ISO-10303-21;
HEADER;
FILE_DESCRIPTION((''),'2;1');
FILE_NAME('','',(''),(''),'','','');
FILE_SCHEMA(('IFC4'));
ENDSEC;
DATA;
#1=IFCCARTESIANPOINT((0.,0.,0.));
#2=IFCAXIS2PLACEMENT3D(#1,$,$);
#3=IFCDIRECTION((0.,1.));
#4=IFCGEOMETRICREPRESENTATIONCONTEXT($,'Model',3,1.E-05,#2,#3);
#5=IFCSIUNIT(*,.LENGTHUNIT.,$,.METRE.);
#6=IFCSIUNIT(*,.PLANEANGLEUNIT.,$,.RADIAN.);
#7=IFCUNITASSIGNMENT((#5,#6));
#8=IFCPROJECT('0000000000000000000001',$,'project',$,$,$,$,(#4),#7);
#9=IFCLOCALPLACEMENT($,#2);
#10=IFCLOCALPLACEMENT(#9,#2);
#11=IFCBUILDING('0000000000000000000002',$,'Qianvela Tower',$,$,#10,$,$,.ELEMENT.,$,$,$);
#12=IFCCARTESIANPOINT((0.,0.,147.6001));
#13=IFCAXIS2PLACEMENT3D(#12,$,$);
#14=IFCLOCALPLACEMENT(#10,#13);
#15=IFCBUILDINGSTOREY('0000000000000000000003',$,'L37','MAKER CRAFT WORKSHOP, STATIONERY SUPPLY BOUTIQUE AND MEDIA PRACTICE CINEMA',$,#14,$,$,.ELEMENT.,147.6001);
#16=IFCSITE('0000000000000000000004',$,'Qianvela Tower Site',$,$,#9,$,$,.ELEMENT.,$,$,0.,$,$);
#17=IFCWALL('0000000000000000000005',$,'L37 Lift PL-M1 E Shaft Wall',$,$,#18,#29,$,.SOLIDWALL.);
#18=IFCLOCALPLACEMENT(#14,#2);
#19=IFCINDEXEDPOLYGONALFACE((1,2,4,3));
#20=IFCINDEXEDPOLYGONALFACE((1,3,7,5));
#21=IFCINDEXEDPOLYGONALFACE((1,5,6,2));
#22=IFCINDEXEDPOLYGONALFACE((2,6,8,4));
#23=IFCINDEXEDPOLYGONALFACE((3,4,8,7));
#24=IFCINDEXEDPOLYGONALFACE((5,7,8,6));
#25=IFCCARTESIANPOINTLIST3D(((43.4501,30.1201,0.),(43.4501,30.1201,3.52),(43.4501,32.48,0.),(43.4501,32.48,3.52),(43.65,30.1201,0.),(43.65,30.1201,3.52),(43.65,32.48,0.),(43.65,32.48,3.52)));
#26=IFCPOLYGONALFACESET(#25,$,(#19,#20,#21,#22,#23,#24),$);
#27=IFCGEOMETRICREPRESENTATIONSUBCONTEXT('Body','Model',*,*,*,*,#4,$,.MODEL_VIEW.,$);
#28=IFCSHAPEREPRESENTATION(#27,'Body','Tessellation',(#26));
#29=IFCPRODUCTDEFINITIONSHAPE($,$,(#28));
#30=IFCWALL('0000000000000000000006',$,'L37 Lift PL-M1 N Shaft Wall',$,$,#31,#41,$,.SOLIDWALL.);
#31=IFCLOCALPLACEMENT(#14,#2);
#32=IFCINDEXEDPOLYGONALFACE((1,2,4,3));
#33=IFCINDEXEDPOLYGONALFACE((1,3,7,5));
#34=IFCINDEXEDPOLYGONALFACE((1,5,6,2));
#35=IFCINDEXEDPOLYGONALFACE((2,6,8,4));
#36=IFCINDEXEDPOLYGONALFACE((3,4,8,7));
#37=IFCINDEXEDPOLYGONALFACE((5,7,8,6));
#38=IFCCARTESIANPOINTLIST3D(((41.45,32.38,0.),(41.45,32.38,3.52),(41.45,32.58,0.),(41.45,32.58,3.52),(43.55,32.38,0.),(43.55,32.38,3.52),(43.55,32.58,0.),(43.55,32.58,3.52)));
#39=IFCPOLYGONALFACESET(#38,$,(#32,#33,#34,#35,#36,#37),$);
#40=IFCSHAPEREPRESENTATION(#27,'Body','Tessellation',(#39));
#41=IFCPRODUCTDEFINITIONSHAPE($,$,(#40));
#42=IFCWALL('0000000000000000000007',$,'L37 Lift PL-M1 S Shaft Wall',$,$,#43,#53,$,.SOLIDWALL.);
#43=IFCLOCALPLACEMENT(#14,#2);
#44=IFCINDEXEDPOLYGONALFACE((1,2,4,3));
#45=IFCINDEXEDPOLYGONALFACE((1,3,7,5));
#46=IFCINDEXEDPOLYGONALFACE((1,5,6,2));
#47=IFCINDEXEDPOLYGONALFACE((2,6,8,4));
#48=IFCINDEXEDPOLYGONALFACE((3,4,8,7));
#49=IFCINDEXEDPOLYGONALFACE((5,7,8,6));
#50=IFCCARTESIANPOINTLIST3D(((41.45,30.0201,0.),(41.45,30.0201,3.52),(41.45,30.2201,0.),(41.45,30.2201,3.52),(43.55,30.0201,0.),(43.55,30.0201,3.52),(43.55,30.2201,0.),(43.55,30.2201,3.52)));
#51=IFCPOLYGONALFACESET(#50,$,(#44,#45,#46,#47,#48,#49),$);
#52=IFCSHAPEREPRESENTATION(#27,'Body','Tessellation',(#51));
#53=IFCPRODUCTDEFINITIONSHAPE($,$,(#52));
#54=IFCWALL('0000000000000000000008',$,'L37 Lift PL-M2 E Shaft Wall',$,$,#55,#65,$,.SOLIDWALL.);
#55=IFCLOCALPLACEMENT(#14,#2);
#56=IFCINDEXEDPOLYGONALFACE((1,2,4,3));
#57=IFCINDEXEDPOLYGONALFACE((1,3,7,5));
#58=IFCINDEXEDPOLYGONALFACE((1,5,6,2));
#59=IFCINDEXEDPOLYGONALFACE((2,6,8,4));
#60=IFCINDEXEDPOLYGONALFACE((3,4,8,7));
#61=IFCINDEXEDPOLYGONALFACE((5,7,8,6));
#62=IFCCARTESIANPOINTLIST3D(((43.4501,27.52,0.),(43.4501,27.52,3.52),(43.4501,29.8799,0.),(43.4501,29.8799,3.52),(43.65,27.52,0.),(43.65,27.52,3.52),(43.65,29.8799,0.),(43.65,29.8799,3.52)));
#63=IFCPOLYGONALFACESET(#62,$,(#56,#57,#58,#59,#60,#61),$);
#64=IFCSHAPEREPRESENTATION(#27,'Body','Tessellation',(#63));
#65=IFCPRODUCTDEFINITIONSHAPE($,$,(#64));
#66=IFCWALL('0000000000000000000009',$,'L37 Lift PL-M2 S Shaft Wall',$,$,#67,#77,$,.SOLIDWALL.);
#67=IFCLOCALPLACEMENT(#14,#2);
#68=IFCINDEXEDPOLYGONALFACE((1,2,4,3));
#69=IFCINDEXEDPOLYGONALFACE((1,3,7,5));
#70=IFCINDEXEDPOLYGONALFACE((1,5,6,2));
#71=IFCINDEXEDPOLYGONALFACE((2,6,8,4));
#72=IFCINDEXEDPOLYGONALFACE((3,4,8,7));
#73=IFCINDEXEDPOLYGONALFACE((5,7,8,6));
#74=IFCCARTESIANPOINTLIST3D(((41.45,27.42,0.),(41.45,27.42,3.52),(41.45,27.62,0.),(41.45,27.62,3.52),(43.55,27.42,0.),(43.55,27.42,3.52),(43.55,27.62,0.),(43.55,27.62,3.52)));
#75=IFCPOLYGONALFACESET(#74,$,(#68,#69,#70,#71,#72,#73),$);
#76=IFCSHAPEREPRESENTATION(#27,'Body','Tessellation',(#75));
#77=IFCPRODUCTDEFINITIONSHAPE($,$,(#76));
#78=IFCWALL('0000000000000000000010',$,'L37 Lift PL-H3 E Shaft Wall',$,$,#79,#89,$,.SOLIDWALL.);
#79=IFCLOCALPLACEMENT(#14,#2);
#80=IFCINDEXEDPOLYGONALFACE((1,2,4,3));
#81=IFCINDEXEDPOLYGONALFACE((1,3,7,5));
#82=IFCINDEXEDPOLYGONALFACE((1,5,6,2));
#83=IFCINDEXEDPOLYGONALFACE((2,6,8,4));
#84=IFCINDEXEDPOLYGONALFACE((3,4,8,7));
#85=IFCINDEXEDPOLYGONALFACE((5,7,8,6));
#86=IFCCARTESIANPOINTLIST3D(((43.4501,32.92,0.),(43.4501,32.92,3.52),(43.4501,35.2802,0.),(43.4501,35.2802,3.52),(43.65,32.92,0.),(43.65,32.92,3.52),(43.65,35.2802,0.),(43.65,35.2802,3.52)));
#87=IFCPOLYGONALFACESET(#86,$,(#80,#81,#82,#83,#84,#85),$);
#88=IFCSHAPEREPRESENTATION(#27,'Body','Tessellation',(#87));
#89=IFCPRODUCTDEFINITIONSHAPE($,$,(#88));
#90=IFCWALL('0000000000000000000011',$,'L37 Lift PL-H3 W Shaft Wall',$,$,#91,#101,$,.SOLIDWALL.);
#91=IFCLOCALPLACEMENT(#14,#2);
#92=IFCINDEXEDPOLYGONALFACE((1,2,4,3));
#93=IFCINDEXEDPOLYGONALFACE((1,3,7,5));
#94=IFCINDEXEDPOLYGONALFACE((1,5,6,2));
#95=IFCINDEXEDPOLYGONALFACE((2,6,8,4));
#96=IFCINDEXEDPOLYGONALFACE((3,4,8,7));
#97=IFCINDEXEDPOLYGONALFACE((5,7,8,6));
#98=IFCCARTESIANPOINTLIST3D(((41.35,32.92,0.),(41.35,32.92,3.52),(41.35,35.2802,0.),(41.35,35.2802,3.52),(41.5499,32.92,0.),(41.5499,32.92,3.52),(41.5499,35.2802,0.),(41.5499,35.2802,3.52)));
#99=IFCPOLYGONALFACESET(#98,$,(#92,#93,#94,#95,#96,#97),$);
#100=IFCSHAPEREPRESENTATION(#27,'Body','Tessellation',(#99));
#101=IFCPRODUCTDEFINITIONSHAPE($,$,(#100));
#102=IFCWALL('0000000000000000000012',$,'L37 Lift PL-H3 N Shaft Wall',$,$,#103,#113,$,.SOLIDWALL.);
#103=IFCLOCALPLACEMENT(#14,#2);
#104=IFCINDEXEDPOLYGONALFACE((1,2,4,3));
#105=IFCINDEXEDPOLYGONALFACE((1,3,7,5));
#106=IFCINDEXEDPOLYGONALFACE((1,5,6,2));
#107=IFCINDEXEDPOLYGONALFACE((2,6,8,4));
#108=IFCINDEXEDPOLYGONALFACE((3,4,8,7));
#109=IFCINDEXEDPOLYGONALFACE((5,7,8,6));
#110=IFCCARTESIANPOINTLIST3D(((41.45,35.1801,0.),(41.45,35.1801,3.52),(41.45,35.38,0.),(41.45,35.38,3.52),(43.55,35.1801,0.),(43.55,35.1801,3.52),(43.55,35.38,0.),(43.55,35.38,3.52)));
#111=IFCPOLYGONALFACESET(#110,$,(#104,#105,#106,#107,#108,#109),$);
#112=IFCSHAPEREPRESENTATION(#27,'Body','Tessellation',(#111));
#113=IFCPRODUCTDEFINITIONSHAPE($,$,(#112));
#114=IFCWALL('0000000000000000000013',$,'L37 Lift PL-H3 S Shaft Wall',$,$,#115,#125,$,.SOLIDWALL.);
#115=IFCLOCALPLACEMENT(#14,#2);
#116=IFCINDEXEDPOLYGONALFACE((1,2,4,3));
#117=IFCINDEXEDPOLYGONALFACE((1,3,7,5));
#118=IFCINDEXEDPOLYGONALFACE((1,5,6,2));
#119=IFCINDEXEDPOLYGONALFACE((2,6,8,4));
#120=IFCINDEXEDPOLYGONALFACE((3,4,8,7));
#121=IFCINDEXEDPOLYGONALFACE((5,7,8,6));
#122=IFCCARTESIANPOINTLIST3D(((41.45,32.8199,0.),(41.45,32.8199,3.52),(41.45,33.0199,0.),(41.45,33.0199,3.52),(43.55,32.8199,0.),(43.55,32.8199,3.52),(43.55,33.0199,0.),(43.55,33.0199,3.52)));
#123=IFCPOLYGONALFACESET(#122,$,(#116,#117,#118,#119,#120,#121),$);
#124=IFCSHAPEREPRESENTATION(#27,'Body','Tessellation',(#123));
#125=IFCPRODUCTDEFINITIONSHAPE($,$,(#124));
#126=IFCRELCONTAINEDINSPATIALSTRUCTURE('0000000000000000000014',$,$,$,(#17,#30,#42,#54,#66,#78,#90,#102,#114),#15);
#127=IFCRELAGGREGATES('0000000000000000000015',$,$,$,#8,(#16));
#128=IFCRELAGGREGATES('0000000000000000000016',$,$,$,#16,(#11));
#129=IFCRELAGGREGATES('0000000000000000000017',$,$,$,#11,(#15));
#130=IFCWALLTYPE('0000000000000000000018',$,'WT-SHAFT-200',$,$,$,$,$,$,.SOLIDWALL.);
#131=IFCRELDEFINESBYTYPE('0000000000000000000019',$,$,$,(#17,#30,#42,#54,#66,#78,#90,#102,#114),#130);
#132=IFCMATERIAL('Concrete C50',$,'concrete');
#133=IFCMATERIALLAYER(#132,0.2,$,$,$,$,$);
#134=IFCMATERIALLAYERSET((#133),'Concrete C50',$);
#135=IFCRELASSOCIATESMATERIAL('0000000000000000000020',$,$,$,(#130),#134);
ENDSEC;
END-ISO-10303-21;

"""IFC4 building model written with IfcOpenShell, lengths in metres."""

from ifc_helpers import new_model, si_unit, direction, frame, frame_2d, origin, place, context, subcontext, project, spatial, rectangle, extrude, material, layer, layer_set, type_object, element, save


model = new_model("IFC4")

# Units and contexts
model_context = context("Model", 3, precision=1e-05, world=origin(), true_north=direction((0.0, 1.0)))
body_context = subcontext(model_context, "Body", "Model", "MODEL_VIEW")
ifc_project = project(units=[si_unit("LENGTHUNIT", "METRE"), si_unit("PLANEANGLEUNIT", "RADIAN")], contexts=[model_context])

# Site, building, storey
site_placement = place(None, origin())
site = spatial("IfcSite", under=ifc_project, at=site_placement, Name="Qianvela Tower Site", CompositionType="ELEMENT", RefElevation=0.0)
building_placement = place(site_placement, origin())
building = spatial("IfcBuilding", under=site, at=building_placement, Name="Qianvela Tower", CompositionType="ELEMENT")
storey_placement = place(building_placement, frame((0.0, 0.0, 147.6001)))
storey = spatial("IfcBuildingStorey", under=building, at=storey_placement, Name="L37", Description="MAKER CRAFT WORKSHOP, STATIONERY SUPPLY BOUTIQUE AND MEDIA PRACTICE CINEMA", CompositionType="ELEMENT", Elevation=147.6001)

# Wall
ifc_material_1 = material(Name="Concrete C50", Category="concrete")
ifc_layer_1 = layer(ifc_material_1, 0.2)
ifc_layer_set_1 = layer_set([ifc_layer_1], Name="Concrete C50")
wall_type_1 = type_object("IfcWallType", Name="WT-SHAFT-200", PredefinedType="SOLIDWALL", material=ifc_layer_set_1)
wall_1_placement = place(storey_placement, frame((43.55, 30.1201, 0.0), z_axis=(0.0, 0.0, 1.0), x_axis=(0.0, 1.0, 0.0)))
element("IfcWall", 1, at=wall_1_placement, inside=storey, type_object=wall_type_1, Name="L37 Lift PL-M1 E Shaft Wall", PredefinedType="SOLIDWALL", context=body_context, shape_type="SweptSolid", body=[
    extrude(rectangle(XDim=2.3599, YDim=0.2, at=frame_2d((1.1799, 0.0))), origin(), (0.0, 0.0, 1.0), 3.52),
])

# Walls
for number, where, z_axis, x_axis, name in (
    (2, (41.45, 32.48, 0.0), (0.0, 0.0, 1.0), (1.0, 0.0, 0.0), "L37 Lift PL-M1 N Shaft Wall"),
    (3, (41.45, 30.1201, 0.0), (0.0, 0.0, 1.0), (1.0, 0.0, 0.0), "L37 Lift PL-M1 S Shaft Wall"),
):
    element("IfcWall", number, at=place(storey_placement, frame(where, z_axis=z_axis, x_axis=x_axis)), inside=storey, type_object=wall_type_1, Name=name, PredefinedType="SOLIDWALL", context=body_context, shape_type="SweptSolid", body=[
        extrude(rectangle(XDim=2.1001, YDim=0.2, at=frame_2d((1.05, 0.0))), origin(), (0.0, 0.0, 1.0), 3.52),
    ])
wall_2_placement = place(storey_placement, frame((43.55, 27.52, 0.0), z_axis=(0.0, 0.0, 1.0), x_axis=(0.0, 1.0, 0.0)))
element("IfcWall", 4, at=wall_2_placement, inside=storey, type_object=wall_type_1, Name="L37 Lift PL-M2 E Shaft Wall", PredefinedType="SOLIDWALL", context=body_context, shape_type="SweptSolid", body=[
    extrude(rectangle(XDim=2.3599, YDim=0.2, at=frame_2d((1.1799, 0.0))), origin(), (0.0, 0.0, 1.0), 3.52),
])

# Walls
wall_3_placement = place(storey_placement, frame((41.45, 27.52, 0.0), z_axis=(0.0, 0.0, 1.0), x_axis=(1.0, 0.0, 0.0)))
element("IfcWall", 5, at=wall_3_placement, inside=storey, type_object=wall_type_1, Name="L37 Lift PL-M2 S Shaft Wall", PredefinedType="SOLIDWALL", context=body_context, shape_type="SweptSolid", body=[
    extrude(rectangle(XDim=2.1001, YDim=0.2, at=frame_2d((1.05, 0.0))), origin(), (0.0, 0.0, 1.0), 3.52),
])
for number, where, z_axis, x_axis, name in (
    (6, (43.55, 32.9199, 0.0), (0.0, 0.0, 1.0), (0.0, 1.0, 0.0), "L37 Lift PL-H3 E Shaft Wall"),
    (7, (41.45, 32.9199, 0.0), (0.0, 0.0, 1.0), (0.0, 1.0, 0.0), "L37 Lift PL-H3 W Shaft Wall"),
):
    element("IfcWall", number, at=place(storey_placement, frame(where, z_axis=z_axis, x_axis=x_axis)), inside=storey, type_object=wall_type_1, Name=name, PredefinedType="SOLIDWALL", context=body_context, shape_type="SweptSolid", body=[
        extrude(rectangle(XDim=2.3601, YDim=0.2, at=frame_2d((1.1802, 0.0))), origin(), (0.0, 0.0, 1.0), 3.52),
    ])
for number, where, z_axis, x_axis, name in (
    (8, (41.45, 35.28, 0.0), (0.0, 0.0, 1.0), (1.0, 0.0, 0.0), "L37 Lift PL-H3 N Shaft Wall"),
    (9, (41.45, 32.9199, 0.0), (0.0, 0.0, 1.0), (1.0, 0.0, 0.0), "L37 Lift PL-H3 S Shaft Wall"),
):
    element("IfcWall", number, at=place(storey_placement, frame(where, z_axis=z_axis, x_axis=x_axis)), inside=storey, type_object=wall_type_1, Name=name, PredefinedType="SOLIDWALL", context=body_context, shape_type="SweptSolid", body=[
        extrude(rectangle(XDim=2.1001, YDim=0.2, at=frame_2d((1.05, 0.0))), origin(), (0.0, 0.0, 1.0), 3.52),
    ])

save(model, "model.ifc")
